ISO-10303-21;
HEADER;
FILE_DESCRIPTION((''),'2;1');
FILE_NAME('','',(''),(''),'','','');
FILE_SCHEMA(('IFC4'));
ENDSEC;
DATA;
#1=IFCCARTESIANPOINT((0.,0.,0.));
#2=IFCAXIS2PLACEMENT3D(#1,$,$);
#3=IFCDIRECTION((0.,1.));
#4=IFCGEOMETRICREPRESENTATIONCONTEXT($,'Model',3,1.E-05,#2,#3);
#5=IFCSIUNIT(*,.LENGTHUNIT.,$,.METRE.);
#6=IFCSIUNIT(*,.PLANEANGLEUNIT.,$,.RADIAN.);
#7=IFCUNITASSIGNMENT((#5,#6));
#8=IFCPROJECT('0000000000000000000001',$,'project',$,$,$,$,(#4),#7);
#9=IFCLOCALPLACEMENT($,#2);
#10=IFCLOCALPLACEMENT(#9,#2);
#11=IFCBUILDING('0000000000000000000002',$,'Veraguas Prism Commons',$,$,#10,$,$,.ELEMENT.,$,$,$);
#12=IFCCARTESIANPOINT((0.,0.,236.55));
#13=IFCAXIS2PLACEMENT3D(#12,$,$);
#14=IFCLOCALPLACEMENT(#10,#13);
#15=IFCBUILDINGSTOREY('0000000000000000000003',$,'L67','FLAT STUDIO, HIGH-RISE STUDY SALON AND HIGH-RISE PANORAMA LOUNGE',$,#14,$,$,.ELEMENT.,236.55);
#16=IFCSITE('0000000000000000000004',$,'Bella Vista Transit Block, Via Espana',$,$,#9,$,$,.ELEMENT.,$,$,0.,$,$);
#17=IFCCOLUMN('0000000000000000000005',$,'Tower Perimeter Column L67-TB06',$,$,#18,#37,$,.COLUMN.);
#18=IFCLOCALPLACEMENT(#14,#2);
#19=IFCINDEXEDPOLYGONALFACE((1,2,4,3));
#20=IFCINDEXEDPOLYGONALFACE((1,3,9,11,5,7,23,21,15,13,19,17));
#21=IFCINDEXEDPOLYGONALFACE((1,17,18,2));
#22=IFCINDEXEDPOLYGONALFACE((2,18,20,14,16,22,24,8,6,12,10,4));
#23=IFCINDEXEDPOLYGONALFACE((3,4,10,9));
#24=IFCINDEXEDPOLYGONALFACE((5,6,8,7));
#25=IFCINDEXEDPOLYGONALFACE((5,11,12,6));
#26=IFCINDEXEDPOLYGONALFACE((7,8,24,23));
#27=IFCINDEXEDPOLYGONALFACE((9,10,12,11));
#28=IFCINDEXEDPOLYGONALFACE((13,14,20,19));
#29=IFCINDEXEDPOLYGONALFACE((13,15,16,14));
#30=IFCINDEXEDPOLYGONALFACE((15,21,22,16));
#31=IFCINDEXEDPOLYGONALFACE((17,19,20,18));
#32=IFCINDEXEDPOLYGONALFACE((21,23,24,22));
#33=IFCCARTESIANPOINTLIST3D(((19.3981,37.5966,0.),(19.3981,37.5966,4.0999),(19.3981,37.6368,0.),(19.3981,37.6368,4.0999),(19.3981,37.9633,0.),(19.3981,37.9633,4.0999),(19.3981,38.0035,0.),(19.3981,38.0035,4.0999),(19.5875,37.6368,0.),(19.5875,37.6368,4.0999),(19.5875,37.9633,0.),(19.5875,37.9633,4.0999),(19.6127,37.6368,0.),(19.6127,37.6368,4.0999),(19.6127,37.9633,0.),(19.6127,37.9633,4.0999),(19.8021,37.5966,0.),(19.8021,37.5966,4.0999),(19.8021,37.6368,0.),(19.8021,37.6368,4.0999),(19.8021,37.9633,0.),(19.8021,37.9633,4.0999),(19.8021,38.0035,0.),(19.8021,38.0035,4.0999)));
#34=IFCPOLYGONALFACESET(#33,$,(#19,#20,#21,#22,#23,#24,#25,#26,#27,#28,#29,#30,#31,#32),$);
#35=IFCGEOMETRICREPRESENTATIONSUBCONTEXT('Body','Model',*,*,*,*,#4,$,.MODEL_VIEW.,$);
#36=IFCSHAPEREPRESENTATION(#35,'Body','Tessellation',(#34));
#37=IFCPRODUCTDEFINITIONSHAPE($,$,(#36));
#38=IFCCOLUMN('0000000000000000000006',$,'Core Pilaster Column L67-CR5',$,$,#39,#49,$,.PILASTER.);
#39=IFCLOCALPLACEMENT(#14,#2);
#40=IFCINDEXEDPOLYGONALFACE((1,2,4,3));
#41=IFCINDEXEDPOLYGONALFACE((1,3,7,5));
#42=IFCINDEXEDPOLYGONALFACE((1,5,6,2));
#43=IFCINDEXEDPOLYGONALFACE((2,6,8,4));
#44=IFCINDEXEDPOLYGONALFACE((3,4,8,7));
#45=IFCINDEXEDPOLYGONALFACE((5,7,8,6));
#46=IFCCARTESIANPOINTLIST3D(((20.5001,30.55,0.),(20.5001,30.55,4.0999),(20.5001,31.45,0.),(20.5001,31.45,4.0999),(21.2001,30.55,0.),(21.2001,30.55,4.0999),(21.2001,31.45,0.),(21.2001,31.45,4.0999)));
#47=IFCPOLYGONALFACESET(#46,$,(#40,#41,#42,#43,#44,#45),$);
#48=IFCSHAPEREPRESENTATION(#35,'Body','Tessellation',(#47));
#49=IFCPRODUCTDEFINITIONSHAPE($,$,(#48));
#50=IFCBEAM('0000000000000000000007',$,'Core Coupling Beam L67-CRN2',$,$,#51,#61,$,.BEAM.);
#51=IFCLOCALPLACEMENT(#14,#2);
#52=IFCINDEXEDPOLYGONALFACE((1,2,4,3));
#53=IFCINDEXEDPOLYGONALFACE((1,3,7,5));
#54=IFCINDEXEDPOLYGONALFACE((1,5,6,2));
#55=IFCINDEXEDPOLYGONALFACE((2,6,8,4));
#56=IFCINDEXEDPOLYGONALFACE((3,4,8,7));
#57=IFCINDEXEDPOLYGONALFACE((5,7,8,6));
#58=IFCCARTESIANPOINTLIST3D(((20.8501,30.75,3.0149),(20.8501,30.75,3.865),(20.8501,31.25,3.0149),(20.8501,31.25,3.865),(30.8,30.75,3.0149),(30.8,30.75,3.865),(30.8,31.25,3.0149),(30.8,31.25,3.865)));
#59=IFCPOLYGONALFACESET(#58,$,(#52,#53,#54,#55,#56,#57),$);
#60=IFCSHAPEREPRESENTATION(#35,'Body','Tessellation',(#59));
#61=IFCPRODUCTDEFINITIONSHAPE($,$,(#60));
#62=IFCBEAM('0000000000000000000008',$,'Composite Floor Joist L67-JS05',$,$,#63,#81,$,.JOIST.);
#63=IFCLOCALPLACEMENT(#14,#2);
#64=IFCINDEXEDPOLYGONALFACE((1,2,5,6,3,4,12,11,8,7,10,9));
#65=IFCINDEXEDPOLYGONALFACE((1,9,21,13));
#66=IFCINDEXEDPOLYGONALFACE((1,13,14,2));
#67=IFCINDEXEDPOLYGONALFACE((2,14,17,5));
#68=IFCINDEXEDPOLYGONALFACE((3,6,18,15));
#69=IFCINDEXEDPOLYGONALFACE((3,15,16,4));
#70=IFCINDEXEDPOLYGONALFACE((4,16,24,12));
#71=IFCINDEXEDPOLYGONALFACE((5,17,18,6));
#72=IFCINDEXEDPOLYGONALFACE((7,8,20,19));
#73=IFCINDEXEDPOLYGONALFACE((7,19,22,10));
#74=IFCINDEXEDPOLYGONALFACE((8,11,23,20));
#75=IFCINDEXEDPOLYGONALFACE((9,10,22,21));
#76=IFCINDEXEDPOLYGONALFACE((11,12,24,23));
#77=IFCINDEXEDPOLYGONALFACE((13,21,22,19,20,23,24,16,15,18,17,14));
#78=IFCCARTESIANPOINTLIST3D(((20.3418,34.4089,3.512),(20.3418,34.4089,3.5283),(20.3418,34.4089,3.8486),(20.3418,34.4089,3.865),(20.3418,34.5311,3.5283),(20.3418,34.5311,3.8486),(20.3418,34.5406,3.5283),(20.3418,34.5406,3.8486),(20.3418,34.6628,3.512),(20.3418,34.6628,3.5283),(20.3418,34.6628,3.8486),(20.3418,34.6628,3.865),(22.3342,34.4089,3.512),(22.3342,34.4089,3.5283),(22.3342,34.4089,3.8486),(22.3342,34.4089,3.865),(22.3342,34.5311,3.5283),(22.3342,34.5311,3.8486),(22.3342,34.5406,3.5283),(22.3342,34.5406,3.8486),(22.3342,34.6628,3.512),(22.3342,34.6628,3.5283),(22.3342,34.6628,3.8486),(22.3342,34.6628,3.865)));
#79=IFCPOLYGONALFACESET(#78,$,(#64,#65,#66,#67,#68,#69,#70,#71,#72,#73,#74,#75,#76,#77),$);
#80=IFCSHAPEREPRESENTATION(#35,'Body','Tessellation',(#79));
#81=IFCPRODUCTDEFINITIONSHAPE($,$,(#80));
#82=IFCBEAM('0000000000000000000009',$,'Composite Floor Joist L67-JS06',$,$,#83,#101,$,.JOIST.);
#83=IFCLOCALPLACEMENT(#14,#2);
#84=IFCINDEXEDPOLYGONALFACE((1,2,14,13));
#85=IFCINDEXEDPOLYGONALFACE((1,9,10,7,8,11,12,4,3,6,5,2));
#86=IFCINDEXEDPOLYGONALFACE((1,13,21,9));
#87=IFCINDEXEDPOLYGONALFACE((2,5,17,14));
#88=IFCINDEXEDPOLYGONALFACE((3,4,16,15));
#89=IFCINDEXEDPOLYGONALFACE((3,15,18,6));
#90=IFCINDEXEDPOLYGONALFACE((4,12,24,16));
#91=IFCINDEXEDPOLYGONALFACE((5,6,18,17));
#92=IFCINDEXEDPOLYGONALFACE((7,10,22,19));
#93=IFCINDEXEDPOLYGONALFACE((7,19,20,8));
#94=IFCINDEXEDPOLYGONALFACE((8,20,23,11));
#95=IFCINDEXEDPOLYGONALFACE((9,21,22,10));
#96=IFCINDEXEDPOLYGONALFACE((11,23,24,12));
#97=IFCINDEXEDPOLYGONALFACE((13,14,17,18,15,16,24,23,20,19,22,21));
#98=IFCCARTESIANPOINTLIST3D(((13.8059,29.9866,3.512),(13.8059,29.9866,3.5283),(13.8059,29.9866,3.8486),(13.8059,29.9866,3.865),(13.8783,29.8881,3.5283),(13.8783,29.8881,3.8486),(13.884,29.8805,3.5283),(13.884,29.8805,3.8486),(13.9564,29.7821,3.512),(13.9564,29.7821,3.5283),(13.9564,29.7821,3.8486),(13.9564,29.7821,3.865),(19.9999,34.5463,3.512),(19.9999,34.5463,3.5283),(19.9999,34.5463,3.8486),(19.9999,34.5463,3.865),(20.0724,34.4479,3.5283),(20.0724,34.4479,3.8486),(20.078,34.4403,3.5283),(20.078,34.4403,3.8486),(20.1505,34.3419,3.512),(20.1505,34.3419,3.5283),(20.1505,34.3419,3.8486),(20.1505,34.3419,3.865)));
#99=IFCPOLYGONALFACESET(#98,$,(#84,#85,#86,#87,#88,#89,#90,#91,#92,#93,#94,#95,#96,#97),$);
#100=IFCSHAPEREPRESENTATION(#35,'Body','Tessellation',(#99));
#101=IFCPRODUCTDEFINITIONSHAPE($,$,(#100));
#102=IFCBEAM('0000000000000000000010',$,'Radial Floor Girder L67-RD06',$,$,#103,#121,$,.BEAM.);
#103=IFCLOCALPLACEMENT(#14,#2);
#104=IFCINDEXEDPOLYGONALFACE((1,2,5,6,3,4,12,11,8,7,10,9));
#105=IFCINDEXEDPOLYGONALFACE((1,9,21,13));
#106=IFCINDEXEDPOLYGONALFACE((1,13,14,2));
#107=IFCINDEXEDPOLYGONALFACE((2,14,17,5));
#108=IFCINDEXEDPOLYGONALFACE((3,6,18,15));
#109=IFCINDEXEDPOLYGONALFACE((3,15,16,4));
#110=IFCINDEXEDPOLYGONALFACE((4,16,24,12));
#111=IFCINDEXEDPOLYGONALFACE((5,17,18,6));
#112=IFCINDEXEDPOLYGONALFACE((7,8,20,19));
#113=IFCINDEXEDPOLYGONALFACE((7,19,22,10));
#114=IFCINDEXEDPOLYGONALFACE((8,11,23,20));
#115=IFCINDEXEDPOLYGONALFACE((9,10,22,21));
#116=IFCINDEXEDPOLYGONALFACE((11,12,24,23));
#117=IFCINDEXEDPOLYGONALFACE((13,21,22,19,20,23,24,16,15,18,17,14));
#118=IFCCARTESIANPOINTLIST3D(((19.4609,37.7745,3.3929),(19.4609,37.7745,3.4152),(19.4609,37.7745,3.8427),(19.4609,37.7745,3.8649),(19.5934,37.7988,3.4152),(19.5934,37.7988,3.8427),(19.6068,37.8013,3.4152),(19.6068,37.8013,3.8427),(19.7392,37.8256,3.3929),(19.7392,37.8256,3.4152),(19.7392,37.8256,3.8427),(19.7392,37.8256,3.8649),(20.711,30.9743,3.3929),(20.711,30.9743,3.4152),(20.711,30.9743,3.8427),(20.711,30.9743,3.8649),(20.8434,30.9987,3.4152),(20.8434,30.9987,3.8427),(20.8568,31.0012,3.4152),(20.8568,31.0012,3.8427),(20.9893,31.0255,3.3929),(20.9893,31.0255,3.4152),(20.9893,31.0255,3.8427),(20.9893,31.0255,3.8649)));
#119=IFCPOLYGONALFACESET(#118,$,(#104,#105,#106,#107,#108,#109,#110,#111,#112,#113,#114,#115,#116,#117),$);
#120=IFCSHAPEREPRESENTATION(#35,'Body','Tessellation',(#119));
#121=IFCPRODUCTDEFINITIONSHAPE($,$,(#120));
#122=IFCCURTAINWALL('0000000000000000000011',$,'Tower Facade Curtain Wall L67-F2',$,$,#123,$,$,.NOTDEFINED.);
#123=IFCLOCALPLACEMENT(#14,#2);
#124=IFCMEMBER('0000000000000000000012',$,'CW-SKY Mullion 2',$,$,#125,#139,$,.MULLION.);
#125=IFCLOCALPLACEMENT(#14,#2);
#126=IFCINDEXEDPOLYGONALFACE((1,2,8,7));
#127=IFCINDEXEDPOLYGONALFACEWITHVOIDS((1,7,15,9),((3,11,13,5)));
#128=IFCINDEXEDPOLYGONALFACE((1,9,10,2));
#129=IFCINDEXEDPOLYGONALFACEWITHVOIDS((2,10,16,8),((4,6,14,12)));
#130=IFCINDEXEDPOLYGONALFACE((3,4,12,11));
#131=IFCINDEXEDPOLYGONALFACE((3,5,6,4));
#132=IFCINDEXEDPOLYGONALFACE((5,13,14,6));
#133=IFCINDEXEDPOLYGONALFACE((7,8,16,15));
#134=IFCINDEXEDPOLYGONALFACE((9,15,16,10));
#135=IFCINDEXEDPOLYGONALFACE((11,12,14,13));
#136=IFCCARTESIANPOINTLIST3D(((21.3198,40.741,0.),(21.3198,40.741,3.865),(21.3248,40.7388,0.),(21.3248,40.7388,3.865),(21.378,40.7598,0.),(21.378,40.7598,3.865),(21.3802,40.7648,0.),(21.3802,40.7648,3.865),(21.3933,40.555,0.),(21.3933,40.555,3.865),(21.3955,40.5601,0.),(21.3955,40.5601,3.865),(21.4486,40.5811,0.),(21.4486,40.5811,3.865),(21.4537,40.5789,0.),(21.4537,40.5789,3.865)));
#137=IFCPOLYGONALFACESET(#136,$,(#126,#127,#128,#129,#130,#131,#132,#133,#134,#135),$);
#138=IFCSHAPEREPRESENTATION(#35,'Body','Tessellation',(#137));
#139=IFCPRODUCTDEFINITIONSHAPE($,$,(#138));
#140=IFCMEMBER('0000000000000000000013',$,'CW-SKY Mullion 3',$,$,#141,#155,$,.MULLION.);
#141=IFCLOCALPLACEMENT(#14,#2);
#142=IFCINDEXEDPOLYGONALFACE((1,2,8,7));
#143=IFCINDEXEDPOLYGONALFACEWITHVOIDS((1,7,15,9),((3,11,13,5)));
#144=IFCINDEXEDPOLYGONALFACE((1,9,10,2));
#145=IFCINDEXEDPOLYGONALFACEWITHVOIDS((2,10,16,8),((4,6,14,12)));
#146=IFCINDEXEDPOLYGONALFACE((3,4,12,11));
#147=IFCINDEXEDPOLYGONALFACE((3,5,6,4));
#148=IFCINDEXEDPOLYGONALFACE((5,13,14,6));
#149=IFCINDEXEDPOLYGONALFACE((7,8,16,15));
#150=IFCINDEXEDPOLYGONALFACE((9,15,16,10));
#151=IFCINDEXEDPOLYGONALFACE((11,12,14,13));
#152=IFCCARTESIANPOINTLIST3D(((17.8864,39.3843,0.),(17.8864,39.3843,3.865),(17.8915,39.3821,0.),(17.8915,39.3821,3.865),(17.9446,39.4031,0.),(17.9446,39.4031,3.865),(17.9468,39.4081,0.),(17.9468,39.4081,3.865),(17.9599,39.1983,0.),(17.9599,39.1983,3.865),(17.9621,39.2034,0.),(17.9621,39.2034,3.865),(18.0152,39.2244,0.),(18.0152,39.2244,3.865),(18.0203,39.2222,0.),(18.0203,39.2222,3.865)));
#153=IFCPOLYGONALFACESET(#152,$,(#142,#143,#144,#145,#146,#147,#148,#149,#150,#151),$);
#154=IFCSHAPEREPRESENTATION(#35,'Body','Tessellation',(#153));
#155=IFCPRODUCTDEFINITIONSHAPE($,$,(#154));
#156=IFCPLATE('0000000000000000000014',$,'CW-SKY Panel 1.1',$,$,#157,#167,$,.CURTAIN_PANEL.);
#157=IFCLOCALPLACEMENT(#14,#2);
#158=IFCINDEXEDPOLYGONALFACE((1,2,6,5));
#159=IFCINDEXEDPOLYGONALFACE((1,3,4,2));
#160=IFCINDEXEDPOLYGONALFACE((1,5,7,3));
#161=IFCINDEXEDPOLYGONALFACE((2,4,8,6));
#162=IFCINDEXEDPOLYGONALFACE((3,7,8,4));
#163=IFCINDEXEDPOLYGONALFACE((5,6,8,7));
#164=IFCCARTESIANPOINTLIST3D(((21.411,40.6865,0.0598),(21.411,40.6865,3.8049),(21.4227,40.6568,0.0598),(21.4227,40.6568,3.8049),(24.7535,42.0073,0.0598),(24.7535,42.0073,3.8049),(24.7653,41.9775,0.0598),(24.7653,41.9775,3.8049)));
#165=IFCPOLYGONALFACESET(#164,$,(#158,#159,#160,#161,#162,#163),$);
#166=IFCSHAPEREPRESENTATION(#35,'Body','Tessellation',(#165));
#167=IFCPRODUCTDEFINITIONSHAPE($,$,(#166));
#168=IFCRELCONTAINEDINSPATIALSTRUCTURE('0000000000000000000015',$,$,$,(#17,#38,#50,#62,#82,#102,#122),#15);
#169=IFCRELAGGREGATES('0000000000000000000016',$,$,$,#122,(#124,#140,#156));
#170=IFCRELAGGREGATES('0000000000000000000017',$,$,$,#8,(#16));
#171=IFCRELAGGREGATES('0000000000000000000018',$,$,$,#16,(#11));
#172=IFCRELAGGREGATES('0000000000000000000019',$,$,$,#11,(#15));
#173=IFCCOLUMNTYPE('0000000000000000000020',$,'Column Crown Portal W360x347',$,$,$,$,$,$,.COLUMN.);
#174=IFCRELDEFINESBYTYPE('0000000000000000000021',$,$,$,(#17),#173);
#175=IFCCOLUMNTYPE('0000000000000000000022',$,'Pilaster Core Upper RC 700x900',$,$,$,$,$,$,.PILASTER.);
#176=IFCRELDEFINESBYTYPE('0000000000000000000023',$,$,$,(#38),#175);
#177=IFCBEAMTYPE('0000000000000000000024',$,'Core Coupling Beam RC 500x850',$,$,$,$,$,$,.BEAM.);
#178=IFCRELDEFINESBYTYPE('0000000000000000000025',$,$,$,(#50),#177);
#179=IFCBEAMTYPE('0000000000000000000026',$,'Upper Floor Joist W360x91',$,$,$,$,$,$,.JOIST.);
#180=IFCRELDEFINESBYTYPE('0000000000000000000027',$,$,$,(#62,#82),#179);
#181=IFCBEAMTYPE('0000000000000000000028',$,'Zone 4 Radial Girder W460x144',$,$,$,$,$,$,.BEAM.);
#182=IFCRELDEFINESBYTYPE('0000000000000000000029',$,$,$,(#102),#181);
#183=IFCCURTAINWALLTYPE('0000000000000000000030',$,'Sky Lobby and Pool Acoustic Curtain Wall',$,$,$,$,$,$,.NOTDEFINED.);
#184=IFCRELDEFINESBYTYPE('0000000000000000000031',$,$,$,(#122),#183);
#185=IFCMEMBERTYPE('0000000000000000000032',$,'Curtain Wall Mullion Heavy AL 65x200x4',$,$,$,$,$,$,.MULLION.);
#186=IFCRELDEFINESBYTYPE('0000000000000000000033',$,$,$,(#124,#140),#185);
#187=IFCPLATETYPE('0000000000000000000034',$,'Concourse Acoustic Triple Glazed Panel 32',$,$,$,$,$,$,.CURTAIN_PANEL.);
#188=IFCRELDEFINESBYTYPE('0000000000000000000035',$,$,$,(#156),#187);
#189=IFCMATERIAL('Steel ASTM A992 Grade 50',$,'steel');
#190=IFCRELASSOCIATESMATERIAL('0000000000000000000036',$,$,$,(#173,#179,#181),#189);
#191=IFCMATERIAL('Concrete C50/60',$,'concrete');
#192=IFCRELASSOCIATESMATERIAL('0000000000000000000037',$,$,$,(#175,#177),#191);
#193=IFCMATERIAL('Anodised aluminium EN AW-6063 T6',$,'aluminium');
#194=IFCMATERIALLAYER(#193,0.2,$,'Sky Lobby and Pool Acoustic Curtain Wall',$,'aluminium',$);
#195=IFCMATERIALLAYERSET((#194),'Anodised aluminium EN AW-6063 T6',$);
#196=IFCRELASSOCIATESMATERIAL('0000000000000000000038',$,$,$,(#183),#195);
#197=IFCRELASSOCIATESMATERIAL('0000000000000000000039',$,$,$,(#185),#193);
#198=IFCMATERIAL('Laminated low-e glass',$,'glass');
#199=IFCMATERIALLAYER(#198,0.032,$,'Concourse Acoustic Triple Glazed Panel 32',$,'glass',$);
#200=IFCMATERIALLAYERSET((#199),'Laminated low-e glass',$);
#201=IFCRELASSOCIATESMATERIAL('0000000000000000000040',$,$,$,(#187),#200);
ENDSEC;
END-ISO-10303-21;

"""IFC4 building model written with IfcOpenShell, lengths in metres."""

from ifc_helpers import new_model, si_unit, direction, frame, origin, origin_2d, place, context, subcontext, project, spatial, rectangle, hollow_rectangle, i_section, extrude, source, transform, mapped, material, layer, layer_set, material_profile, profile_set, type_object, element, aggregate, save


model = new_model("IFC4")

# Units and contexts
model_context = context("Model", 3, precision=1e-05, world=origin(), true_north=direction((0.0, 1.0)))
body_context = subcontext(model_context, "Body", "Model", "MODEL_VIEW")
ifc_project = project(units=[si_unit("LENGTHUNIT", "METRE"), si_unit("PLANEANGLEUNIT", "RADIAN")], contexts=[model_context])

# Site, building, storey
site_placement = place(None, origin())
site = spatial("IfcSite", under=ifc_project, at=site_placement, Name="Bella Vista Transit Block, Via Espana", CompositionType="ELEMENT", RefElevation=0.0)
building_placement = place(site_placement, origin())
building = spatial("IfcBuilding", under=site, at=building_placement, Name="Veraguas Prism Commons", CompositionType="ELEMENT")
storey_placement = place(building_placement, frame((0.0, 0.0, 236.55)))
storey = spatial("IfcBuildingStorey", under=building, at=storey_placement, Name="L67", Description="FLAT STUDIO, HIGH-RISE STUDY SALON AND HIGH-RISE PANORAMA LOUNGE", CompositionType="ELEMENT", Elevation=236.55)

# Columns
ifc_material_1 = material(Name="Steel ASTM A992 Grade 50", Category="steel")
ifc_material_profile_1 = material_profile(ifc_material_1, i_section(OverallWidth=0.4041, OverallDepth=0.407, WebThickness=0.0251, FlangeThickness=0.0403, at=origin_2d()), Name="W360X347")
ifc_profile_set_1 = profile_set([ifc_material_profile_1], Name="Steel ASTM A992 Grade 50")
column_type_1 = type_object("IfcColumnType", Name="Column Crown Portal W360x347", PredefinedType="COLUMN", material=ifc_profile_set_1)
column_1_placement = place(storey_placement, frame((19.6001, 37.8, 0.0), z_axis=(0.0, 0.0, 1.0), x_axis=(1.0, 0.0, 0.0)))
element("IfcColumn", 1, at=column_1_placement, inside=storey, type_object=column_type_1, Name="Tower Perimeter Column L67-TB06", PredefinedType="COLUMN", context=body_context, shape_type="SweptSolid", body=[
    extrude(i_section(OverallWidth=0.4041, OverallDepth=0.407, WebThickness=0.0251, FlangeThickness=0.0403, at=origin_2d()), origin(), (0.0, 0.0, 1.0), 4.0999),
])
ifc_material_2 = material(Name="Concrete C50/60", Category="concrete")
ifc_material_profile_2 = material_profile(ifc_material_2, rectangle(XDim=0.7, YDim=0.8999, at=origin_2d()), Name="RC700X900")
ifc_profile_set_2 = profile_set([ifc_material_profile_2], Name="Concrete C50/60")
column_type_2 = type_object("IfcColumnType", Name="Pilaster Core Upper RC 700x900", PredefinedType="PILASTER", material=ifc_profile_set_2)
column_2_placement = place(storey_placement, frame((20.8501, 31.0, 0.0), z_axis=(0.0, 0.0, 1.0), x_axis=(1.0, 0.0, 0.0)))
element("IfcColumn", 2, at=column_2_placement, inside=storey, type_object=column_type_2, Name="Core Pilaster Column L67-CR5", PredefinedType="PILASTER", context=body_context, shape_type="SweptSolid", body=[
    extrude(rectangle(XDim=0.7, YDim=0.8999, at=origin_2d()), origin(), (0.0, 0.0, 1.0), 4.0999),
])

# Beams
ifc_material_profile_3 = material_profile(ifc_material_2, rectangle(XDim=0.5, YDim=0.8501, at=origin_2d()), Name="RC500X850")
ifc_profile_set_3 = profile_set([ifc_material_profile_3], Name="Concrete C50/60")
beam_type_1 = type_object("IfcBeamType", Name="Core Coupling Beam RC 500x850", PredefinedType="BEAM", material=ifc_profile_set_3)
beam_1_placement = place(storey_placement, frame((20.8501, 31.0, 3.4399), z_axis=(1.0, 0.0, 0.0), x_axis=(0.0, 1.0, 0.0)))
element("IfcBeam", 3, at=beam_1_placement, inside=storey, type_object=beam_type_1, Name="Core Coupling Beam L67-CRN2", PredefinedType="BEAM", context=body_context, shape_type="SweptSolid", body=[
    extrude(rectangle(XDim=0.5, YDim=0.8501, at=origin_2d()), origin(), (0.0, 0.0, 1.0), 9.95),
])
ifc_material_profile_4 = material_profile(ifc_material_1, i_section(OverallWidth=0.2539, OverallDepth=0.353, WebThickness=0.0095, FlangeThickness=0.0164, at=origin_2d()), Name="W360X91")
ifc_profile_set_4 = profile_set([ifc_material_profile_4], Name="Steel ASTM A992 Grade 50")
beam_type_2 = type_object("IfcBeamType", Name="Upper Floor Joist W360x91", PredefinedType="JOIST", material=ifc_profile_set_4)
beam_2_placement = place(storey_placement, frame((22.3342, 34.5359, 3.6885), z_axis=(-1.0, 0.0, 0.0), x_axis=(0.0, -1.0, 0.0)))
element("IfcBeam", 4, at=beam_2_placement, inside=storey, type_object=beam_type_2, Name="Composite Floor Joist L67-JS05", PredefinedType="JOIST", context=body_context, shape_type="SweptSolid", body=[
    extrude(i_section(OverallWidth=0.2539, OverallDepth=0.353, WebThickness=0.0095, FlangeThickness=0.0164, at=origin_2d()), origin(), (0.0, 0.0, 1.0), 1.9924),
])
beam_3_placement = place(storey_placement, frame((20.0752, 34.4441, 3.6885), z_axis=(-0.80532, -0.592841, 0.0), x_axis=(0.592841, -0.80532, 0.0)))
element("IfcBeam", 5, at=beam_3_placement, inside=storey, type_object=beam_type_2, Name="Composite Floor Joist L67-JS06", PredefinedType="JOIST", context=body_context, shape_type="SweptSolid", body=[
    extrude(i_section(OverallWidth=0.2539, OverallDepth=0.353, WebThickness=0.0095, FlangeThickness=0.0164, at=origin_2d()), origin(), (0.0, 0.0, 1.0), 7.6914),
])
ifc_material_profile_5 = material_profile(ifc_material_1, i_section(OverallWidth=0.283, OverallDepth=0.4719, WebThickness=0.0137, FlangeThickness=0.0222, at=origin_2d()), Name="W460X144")
ifc_profile_set_5 = profile_set([ifc_material_profile_5], Name="Steel ASTM A992 Grade 50")
beam_type_3 = type_object("IfcBeamType", Name="Zone 4 Radial Girder W460x144", PredefinedType="BEAM", material=ifc_profile_set_5)
beam_4_placement = place(storey_placement, frame((19.6001, 37.8, 3.6289), z_axis=(0.180793, -0.983521, 0.0), x_axis=(0.983521, 0.180793, 0.0)))
element("IfcBeam", 6, at=beam_4_placement, inside=storey, type_object=beam_type_3, Name="Radial Floor Girder L67-RD06", PredefinedType="BEAM", context=body_context, shape_type="SweptSolid", body=[
    extrude(i_section(OverallWidth=0.283, OverallDepth=0.4719, WebThickness=0.0137, FlangeThickness=0.0222, at=origin_2d()), origin(), (0.0, 0.0, 1.0), 6.9141),
])

# Curtain wall, members, plate
ifc_material_3 = material(Name="Anodised aluminium EN AW-6063 T6", Category="aluminium")
ifc_layer_1 = layer(ifc_material_3, 0.2, Name="Sky Lobby and Pool Acoustic Curtain Wall", Category="aluminium")
ifc_layer_set_1 = layer_set([ifc_layer_1], Name="Anodised aluminium EN AW-6063 T6")
curtain_wall_type = type_object("IfcCurtainWallType", Name="Sky Lobby and Pool Acoustic Curtain Wall", PredefinedType="NOTDEFINED", material=ifc_layer_set_1)
curtain_wall_placement = place(storey_placement, origin())
curtain_wall = element("IfcCurtainWall", 7, at=curtain_wall_placement, inside=storey, type_object=curtain_wall_type, Name="Tower Facade Curtain Wall L67-F2", PredefinedType="NOTDEFINED")
ifc_material_profile_6 = material_profile(ifc_material_3, hollow_rectangle(XDim=0.0649, YDim=0.2, WallThickness=0.0039, at=origin_2d()), Name="AL65X200X4")
ifc_profile_set_6 = profile_set([ifc_material_profile_6], Name="Anodised aluminium EN AW-6063 T6")
member_type = type_object("IfcMemberType", Name="Curtain Wall Mullion Heavy AL 65x200x4", PredefinedType="MULLION", material=ifc_profile_set_6)
shared_shape_1 = source(origin(), body_context, "Body", "SweptSolid", [
    extrude(hollow_rectangle(XDim=0.0649, YDim=0.2, WallThickness=0.0039, at=origin_2d()), origin(), (0.0, 0.0, 1.0), 3.865),
])
member_1_placement = place(storey_placement, frame((21.3867, 40.6599, 0.0), z_axis=(0.0, 0.0, 1.0), x_axis=(-0.93003, -0.367483, 0.0)))
member_1 = element("IfcMember", 8, at=member_1_placement, type_object=member_type, Name="CW-SKY Mullion 2", PredefinedType="MULLION", context=body_context, shape_type="MappedRepresentation", body=[
    mapped(shared_shape_1, transform((0.0, 0.0, 0.0), scale=1.0)),
])
member_2_placement = place(storey_placement, frame((17.9534, 39.3032, 0.0), z_axis=(0.0, 0.0, 1.0), x_axis=(-0.93003, -0.367483, 0.0)))
member_2 = element("IfcMember", 9, at=member_2_placement, type_object=member_type, Name="CW-SKY Mullion 3", PredefinedType="MULLION", context=body_context, shape_type="MappedRepresentation", body=[
    mapped(shared_shape_1, transform((0.0, 0.0, 0.0), scale=1.0)),
])
ifc_material_4 = material(Name="Laminated low-e glass", Category="glass")
ifc_layer_2 = layer(ifc_material_4, 0.032, Name="Concourse Acoustic Triple Glazed Panel 32", Category="glass")
ifc_layer_set_2 = layer_set([ifc_layer_2], Name="Laminated low-e glass")
plate_type = type_object("IfcPlateType", Name="Concourse Acoustic Triple Glazed Panel 32", PredefinedType="CURTAIN_PANEL", material=ifc_layer_set_2)
shared_shape_2 = source(origin(), body_context, "Body", "SweptSolid", [
    extrude(rectangle(XDim=3.594, YDim=0.032, at=origin_2d()), origin(), (0.0, 0.0, 1.0), 3.7451),
])
plate_1_placement = place(storey_placement, frame((23.0881, 41.332, 0.0598), z_axis=(0.0, 0.0, 1.0), x_axis=(-0.93003, -0.367483, 0.0)))
plate_1 = element("IfcPlate", 10, at=plate_1_placement, type_object=plate_type, Name="CW-SKY Panel 1.1", PredefinedType="CURTAIN_PANEL", context=body_context, shape_type="MappedRepresentation", body=[
    mapped(shared_shape_2, transform((0.0, 0.0, 0.0), scale=1.0)),
])
aggregate(curtain_wall, [member_1, member_2, plate_1])

save(model, "model.ifc")
